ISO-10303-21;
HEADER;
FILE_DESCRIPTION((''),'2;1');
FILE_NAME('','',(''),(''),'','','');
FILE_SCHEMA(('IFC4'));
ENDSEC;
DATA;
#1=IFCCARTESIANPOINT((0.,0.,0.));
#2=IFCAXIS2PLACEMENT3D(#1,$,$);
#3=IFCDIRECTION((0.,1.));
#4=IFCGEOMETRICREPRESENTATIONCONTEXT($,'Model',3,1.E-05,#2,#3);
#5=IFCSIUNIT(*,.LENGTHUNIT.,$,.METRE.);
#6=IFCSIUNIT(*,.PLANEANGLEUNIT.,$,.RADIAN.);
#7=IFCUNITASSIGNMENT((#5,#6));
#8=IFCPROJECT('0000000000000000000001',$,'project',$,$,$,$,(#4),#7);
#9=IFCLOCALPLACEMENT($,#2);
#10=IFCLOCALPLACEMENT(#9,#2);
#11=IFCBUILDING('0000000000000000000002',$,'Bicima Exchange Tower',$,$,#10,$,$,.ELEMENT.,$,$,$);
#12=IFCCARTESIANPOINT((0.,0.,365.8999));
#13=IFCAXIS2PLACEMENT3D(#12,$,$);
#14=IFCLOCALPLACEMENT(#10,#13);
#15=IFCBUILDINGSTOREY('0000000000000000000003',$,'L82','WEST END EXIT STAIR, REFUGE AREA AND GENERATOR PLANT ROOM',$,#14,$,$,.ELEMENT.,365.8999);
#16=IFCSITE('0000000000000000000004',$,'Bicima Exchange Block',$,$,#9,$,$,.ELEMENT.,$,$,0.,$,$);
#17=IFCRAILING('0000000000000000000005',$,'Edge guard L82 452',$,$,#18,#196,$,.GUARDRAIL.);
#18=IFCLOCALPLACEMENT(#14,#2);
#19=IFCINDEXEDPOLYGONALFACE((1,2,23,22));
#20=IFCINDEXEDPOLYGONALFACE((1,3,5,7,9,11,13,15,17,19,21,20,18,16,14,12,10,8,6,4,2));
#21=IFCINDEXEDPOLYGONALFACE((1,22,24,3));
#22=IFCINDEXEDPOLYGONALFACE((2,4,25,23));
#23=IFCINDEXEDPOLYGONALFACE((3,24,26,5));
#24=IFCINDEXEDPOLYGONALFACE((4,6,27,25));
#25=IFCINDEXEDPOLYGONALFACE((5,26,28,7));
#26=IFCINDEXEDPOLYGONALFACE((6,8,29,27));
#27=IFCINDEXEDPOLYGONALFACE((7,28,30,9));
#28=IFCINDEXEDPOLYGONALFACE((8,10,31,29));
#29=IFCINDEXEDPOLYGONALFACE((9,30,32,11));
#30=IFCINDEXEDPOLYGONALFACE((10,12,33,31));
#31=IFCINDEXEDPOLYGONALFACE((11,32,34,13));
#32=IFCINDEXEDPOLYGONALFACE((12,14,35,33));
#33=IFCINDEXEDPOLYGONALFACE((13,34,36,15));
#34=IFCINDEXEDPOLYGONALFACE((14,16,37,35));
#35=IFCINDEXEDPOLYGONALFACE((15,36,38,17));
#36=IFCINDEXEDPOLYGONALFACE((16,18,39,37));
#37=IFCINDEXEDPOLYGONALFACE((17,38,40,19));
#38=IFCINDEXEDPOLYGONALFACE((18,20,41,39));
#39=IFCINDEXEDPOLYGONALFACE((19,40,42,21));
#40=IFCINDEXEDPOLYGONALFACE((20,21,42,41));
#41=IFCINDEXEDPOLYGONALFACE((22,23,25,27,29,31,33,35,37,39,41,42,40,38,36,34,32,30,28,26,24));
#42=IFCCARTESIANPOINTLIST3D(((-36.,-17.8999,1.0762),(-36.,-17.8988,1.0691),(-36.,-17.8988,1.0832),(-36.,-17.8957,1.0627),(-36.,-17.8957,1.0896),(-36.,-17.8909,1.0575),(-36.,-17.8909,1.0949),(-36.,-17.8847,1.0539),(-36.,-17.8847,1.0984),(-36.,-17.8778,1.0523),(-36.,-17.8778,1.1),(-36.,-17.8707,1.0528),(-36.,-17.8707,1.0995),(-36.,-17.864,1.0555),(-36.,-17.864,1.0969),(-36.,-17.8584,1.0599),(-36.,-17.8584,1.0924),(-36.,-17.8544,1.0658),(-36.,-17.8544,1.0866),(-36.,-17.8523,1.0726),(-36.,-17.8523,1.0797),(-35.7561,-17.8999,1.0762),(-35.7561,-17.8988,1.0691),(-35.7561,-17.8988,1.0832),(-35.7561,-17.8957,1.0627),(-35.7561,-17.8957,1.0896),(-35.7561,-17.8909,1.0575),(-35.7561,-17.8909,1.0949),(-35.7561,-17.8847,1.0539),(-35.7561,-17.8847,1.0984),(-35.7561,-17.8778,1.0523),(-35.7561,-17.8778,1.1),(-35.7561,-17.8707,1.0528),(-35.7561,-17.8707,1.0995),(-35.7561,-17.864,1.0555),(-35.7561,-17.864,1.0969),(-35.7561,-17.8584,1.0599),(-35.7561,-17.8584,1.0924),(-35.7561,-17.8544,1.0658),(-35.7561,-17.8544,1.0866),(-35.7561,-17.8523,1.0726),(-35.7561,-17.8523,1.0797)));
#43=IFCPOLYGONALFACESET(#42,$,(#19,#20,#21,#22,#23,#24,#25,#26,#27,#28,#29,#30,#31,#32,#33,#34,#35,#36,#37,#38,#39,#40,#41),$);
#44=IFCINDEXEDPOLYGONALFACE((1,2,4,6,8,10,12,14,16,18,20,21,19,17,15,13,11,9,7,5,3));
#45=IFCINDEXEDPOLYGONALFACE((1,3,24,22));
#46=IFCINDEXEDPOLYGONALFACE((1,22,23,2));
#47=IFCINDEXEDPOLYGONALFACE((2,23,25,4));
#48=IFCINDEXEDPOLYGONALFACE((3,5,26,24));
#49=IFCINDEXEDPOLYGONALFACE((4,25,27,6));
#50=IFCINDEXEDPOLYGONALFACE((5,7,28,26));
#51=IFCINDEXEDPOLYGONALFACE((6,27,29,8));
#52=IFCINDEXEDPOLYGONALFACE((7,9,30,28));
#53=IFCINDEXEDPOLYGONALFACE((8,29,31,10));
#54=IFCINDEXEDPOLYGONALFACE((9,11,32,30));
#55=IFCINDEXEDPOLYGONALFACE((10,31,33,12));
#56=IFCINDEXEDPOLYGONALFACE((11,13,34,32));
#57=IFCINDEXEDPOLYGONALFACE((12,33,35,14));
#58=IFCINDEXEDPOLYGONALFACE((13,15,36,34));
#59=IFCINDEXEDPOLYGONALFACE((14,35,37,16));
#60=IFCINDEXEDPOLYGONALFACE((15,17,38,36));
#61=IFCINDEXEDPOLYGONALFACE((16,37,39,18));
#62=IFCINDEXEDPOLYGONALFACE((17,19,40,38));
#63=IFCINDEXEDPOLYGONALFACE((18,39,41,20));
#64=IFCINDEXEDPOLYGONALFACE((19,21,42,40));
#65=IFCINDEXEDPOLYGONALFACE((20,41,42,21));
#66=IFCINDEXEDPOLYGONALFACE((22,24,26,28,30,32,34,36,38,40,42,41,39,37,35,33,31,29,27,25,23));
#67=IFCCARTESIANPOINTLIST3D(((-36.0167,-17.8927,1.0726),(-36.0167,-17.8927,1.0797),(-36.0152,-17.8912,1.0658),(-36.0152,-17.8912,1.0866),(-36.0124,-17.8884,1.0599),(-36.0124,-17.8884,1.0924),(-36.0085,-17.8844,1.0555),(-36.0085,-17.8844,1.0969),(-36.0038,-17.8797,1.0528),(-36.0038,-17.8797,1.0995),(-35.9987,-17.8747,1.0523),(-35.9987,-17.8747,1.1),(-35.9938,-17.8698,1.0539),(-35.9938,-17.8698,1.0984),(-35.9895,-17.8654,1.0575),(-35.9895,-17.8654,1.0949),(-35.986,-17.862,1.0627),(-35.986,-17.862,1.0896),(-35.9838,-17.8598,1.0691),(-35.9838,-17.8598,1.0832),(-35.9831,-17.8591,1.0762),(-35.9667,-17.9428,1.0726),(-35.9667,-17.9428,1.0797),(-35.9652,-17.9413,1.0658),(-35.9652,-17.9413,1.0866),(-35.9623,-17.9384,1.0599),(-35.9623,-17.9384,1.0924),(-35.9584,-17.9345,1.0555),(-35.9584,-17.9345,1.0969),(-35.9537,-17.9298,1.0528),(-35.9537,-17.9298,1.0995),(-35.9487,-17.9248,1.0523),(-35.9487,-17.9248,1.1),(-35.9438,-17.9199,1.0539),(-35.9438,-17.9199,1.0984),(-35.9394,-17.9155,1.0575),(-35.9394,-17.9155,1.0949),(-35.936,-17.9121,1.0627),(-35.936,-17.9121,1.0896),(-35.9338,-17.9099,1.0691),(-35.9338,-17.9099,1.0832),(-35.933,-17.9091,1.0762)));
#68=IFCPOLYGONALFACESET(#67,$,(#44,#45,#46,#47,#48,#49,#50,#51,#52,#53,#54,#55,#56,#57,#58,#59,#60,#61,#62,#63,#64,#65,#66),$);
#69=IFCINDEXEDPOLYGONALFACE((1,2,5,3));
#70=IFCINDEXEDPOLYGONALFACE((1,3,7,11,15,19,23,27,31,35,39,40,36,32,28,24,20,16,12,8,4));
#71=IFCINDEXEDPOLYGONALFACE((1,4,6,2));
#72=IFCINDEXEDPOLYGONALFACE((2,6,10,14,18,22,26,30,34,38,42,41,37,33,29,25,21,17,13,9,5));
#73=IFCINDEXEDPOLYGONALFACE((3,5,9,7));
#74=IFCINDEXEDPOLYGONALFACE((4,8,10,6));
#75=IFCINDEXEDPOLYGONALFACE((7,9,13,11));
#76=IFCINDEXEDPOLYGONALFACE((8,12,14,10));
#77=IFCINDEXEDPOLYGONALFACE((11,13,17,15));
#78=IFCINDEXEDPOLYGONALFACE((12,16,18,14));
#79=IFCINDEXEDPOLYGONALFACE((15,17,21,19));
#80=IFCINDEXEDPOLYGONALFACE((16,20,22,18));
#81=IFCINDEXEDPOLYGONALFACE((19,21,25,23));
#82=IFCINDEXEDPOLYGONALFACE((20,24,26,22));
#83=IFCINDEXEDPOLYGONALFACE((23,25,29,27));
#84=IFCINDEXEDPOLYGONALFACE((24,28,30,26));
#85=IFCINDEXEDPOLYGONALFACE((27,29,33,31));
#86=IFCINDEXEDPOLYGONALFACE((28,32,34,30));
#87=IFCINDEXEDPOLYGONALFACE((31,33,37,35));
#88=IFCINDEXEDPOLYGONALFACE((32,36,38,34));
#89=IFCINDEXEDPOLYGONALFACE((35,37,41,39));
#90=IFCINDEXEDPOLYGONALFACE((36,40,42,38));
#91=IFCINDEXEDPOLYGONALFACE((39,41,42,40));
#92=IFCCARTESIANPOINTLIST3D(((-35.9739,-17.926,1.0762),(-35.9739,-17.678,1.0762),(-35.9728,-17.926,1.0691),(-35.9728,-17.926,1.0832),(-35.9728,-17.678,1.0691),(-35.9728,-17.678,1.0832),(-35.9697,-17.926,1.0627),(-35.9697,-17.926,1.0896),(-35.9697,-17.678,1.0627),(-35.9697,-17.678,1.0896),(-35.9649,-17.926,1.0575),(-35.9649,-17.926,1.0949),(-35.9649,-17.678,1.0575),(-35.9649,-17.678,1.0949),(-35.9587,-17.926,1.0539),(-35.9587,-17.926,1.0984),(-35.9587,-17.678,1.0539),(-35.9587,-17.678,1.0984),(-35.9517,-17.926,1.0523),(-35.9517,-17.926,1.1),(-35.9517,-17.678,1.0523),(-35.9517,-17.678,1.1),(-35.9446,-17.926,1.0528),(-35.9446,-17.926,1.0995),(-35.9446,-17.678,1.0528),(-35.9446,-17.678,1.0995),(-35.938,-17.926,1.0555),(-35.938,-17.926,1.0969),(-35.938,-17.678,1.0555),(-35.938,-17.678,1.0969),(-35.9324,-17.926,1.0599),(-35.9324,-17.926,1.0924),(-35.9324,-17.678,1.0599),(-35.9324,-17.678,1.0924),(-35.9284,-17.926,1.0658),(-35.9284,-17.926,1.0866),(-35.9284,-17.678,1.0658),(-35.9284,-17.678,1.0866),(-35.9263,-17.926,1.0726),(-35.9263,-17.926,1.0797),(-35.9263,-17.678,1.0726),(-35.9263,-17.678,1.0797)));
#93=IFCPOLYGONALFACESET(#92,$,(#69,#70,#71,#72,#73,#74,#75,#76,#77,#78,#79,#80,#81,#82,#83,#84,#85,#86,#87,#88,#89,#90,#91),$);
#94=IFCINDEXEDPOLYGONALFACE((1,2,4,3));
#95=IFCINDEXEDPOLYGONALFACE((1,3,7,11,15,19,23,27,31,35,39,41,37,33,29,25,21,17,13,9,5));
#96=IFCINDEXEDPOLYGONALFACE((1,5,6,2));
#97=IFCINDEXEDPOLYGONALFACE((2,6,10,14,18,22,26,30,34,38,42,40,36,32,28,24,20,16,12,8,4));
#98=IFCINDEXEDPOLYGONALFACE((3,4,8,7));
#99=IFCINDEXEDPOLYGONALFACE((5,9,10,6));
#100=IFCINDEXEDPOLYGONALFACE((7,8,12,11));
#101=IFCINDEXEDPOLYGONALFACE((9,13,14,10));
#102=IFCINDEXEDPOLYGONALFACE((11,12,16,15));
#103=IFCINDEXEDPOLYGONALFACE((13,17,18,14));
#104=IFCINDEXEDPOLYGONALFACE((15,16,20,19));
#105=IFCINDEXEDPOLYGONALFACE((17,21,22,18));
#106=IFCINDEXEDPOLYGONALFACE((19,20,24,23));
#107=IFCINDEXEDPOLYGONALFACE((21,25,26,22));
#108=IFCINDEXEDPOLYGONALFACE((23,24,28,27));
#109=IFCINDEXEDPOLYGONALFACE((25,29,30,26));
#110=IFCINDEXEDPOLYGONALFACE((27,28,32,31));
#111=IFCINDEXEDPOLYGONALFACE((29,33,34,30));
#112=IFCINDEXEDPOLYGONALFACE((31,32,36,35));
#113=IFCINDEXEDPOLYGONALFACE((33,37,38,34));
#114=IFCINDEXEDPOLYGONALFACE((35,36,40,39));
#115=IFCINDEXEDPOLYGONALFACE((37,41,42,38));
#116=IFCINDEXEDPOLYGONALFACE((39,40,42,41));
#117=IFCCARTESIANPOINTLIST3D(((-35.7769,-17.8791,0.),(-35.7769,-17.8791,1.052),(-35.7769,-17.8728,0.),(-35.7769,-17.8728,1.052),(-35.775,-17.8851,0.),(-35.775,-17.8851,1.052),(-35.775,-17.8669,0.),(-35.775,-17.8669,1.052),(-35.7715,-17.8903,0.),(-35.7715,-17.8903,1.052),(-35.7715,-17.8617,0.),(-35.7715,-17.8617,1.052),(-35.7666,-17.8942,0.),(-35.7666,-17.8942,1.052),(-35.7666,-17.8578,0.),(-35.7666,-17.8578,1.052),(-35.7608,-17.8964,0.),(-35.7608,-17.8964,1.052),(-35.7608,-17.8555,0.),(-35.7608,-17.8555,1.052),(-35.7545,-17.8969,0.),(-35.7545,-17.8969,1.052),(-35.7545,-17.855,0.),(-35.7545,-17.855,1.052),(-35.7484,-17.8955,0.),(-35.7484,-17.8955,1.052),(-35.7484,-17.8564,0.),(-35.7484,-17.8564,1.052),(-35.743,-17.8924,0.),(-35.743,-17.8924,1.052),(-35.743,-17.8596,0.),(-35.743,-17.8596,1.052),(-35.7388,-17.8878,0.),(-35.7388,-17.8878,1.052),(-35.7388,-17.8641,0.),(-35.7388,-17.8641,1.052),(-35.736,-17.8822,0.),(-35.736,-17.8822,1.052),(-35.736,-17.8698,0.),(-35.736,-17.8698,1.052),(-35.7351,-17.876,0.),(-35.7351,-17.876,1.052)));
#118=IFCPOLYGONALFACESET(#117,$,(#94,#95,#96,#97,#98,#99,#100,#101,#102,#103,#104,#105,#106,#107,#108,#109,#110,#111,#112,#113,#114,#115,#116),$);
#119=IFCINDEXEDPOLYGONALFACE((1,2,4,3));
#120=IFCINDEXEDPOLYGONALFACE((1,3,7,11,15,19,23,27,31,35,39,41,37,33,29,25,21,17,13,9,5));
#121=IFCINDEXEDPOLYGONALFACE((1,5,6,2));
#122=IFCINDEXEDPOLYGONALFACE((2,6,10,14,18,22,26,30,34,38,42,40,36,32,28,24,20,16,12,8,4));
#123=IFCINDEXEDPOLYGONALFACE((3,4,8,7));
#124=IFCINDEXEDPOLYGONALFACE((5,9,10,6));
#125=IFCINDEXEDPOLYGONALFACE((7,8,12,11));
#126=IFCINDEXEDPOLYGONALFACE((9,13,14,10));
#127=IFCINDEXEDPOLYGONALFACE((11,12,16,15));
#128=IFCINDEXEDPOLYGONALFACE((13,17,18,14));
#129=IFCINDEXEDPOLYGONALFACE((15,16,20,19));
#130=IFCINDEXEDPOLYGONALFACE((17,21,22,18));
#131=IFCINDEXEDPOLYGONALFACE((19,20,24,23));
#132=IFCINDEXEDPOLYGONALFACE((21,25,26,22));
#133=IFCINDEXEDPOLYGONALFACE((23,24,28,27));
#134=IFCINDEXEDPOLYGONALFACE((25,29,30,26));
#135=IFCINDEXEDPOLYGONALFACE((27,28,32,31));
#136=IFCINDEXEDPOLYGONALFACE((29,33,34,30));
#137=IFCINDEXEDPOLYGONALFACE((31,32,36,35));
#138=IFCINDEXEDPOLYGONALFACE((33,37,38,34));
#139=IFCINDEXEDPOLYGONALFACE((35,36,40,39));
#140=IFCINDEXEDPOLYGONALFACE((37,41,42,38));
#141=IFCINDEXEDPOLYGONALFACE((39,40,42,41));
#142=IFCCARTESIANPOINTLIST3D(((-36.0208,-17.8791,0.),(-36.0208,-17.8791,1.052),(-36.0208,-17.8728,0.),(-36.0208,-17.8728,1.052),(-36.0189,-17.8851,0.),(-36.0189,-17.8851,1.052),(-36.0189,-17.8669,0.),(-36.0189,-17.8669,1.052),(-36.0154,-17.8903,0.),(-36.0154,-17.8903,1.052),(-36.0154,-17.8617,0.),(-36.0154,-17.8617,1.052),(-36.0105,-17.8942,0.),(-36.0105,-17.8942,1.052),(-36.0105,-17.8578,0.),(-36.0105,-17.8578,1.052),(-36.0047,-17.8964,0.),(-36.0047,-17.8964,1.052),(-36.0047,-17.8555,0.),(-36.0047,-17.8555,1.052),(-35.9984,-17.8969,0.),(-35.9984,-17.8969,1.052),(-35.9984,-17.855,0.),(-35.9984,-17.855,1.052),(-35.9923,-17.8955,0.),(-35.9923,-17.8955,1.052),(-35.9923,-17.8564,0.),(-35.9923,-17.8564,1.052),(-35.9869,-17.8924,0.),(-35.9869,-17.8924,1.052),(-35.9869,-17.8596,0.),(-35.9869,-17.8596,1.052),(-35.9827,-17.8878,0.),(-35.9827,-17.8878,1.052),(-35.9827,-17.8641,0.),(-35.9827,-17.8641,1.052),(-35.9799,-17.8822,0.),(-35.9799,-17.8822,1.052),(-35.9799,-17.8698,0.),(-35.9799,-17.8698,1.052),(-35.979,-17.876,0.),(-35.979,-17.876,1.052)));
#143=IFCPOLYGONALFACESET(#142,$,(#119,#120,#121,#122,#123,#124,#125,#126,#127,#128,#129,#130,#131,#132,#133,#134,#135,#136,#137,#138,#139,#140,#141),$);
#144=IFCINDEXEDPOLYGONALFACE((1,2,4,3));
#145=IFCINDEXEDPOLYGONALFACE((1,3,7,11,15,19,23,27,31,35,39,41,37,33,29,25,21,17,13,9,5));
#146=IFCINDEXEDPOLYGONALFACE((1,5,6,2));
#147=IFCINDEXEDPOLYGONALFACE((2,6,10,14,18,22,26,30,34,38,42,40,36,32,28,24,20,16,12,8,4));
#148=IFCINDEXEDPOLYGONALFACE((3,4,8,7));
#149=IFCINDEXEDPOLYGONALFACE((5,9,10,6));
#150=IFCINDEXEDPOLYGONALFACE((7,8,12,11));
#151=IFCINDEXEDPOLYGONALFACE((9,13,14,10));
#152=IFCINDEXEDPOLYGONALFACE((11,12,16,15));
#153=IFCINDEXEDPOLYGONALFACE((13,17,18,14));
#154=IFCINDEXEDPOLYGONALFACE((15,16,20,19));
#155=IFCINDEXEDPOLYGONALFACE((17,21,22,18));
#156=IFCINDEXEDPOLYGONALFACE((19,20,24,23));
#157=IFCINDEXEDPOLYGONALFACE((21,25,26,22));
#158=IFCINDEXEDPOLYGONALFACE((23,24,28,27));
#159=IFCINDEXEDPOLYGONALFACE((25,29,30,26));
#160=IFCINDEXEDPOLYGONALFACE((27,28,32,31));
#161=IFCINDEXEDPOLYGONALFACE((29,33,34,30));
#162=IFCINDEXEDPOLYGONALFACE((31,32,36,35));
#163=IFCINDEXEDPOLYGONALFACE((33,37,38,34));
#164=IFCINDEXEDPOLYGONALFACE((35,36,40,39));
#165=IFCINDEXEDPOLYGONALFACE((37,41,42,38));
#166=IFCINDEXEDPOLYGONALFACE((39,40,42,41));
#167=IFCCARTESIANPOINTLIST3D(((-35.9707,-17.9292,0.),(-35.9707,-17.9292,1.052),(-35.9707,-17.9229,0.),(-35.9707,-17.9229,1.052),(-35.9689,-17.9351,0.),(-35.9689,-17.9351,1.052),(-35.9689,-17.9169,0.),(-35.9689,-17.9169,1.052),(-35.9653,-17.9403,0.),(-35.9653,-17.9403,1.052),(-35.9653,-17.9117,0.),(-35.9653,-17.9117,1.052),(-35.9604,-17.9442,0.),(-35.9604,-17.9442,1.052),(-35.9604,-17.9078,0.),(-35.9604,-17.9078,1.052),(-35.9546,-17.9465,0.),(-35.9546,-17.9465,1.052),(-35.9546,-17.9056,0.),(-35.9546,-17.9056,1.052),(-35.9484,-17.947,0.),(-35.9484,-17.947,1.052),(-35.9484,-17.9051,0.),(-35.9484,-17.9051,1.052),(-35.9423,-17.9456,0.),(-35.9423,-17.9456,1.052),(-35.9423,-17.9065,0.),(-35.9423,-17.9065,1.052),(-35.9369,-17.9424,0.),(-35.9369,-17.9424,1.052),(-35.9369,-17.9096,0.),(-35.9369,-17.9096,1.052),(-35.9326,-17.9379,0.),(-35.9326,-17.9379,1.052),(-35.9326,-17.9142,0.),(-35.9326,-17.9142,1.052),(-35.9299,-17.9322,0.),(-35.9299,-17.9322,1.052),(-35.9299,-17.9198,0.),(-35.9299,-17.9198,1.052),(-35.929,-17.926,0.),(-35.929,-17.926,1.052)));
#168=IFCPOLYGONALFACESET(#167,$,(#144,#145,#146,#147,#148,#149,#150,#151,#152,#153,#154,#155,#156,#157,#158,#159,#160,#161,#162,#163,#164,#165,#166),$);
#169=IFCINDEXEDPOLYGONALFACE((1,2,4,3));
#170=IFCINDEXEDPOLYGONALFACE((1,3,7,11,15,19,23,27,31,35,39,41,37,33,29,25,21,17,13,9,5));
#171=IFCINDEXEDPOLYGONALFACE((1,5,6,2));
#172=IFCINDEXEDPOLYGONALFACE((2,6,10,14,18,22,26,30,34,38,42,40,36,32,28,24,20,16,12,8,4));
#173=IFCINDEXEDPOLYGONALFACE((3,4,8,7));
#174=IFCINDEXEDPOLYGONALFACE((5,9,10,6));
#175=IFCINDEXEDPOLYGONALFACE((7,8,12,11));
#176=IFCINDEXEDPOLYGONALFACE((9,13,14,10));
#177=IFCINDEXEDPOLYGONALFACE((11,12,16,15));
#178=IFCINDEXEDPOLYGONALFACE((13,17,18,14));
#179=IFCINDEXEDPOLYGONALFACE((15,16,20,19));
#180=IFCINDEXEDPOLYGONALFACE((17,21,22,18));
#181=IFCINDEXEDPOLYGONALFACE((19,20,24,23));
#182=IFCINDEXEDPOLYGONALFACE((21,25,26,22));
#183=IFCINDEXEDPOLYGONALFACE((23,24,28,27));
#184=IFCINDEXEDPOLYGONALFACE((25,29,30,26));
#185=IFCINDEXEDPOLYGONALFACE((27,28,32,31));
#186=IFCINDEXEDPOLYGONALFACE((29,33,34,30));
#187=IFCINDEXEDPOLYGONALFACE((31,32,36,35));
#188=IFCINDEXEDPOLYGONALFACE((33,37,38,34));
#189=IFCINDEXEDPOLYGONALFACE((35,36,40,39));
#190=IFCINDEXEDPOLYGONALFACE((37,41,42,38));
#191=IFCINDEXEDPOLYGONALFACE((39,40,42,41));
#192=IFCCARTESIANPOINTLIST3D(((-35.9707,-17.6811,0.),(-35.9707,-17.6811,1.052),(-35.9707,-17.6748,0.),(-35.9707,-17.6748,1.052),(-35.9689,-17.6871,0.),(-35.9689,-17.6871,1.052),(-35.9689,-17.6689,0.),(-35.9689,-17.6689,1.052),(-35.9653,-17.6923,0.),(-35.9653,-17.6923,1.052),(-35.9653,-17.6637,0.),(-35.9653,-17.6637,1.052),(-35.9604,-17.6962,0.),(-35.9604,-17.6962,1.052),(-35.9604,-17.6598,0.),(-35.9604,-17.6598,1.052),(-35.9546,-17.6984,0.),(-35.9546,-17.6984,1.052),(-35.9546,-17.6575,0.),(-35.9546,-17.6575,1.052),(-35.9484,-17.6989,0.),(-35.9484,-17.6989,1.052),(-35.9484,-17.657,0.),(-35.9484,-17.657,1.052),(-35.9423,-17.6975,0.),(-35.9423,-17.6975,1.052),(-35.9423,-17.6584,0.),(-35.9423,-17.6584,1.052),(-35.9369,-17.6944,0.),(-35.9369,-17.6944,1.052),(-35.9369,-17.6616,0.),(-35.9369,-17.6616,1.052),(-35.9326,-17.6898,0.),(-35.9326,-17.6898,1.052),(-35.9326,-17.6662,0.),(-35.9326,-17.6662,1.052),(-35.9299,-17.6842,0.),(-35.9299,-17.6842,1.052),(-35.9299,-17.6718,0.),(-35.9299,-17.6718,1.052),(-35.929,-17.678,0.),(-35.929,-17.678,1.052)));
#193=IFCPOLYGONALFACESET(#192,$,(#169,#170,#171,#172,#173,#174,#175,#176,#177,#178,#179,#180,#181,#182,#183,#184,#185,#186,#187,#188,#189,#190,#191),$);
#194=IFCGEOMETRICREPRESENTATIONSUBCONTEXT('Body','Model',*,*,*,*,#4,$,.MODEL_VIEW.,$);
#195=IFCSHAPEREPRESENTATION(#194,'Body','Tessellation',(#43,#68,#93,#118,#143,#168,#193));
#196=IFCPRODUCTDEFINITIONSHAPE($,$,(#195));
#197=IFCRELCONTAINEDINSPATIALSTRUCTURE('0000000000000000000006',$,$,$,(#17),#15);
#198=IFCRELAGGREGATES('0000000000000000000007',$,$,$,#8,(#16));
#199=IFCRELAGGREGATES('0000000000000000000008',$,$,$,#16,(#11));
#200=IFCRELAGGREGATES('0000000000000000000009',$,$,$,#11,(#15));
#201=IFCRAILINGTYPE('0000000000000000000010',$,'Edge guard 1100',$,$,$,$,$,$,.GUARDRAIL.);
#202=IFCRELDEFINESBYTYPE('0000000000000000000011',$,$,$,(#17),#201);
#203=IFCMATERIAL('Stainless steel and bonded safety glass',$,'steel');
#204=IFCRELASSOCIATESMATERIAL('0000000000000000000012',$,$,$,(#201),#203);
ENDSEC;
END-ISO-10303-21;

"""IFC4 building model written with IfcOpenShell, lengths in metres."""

from ifc_helpers import new_model, si_unit, direction, frame, origin, origin_2d, place, context, subcontext, project, spatial, circle, extrude, material, type_object, element, save


model = new_model("IFC4")

# Units and contexts
model_context = context("Model", 3, precision=1e-05, world=origin(), true_north=direction((0.0, 1.0)))
body_context = subcontext(model_context, "Body", "Model", "MODEL_VIEW")
ifc_project = project(units=[si_unit("LENGTHUNIT", "METRE"), si_unit("PLANEANGLEUNIT", "RADIAN")], contexts=[model_context])

# Site, building, storey
site_placement = place(None, origin())
site = spatial("IfcSite", under=ifc_project, at=site_placement, Name="Bicima Exchange Block", CompositionType="ELEMENT", RefElevation=0.0)
building_placement = place(site_placement, origin())
building = spatial("IfcBuilding", under=site, at=building_placement, Name="Bicima Exchange Tower", CompositionType="ELEMENT")
storey_placement = place(building_placement, frame((0.0, 0.0, 365.8999)))
storey = spatial("IfcBuildingStorey", under=building, at=storey_placement, Name="L82", Description="WEST END EXIT STAIR, REFUGE AREA AND GENERATOR PLANT ROOM", CompositionType="ELEMENT", Elevation=365.8999)

# Railing
ifc_material_1 = material(Name="Stainless steel and bonded safety glass", Category="steel")
railing_type = type_object("IfcRailingType", Name="Edge guard 1100", PredefinedType="GUARDRAIL", material=ifc_material_1)
railing_1_placement = place(storey_placement, frame((-35.7561, -17.876, 0.0)))
element("IfcRailing", 1, at=railing_1_placement, inside=storey, type_object=railing_type, Name="Edge guard L82 452", PredefinedType="GUARDRAIL", context=body_context, shape_type="SweptSolid", body=[
    extrude(circle(Radius=0.0239, at=origin_2d()), frame((0.0, 0.0, 1.0762), z_axis=(-1.0, 0.0, 0.0), x_axis=(0.0, -1.0, 0.0)), (0.0, 0.0, 1.0), 0.2439),
    extrude(circle(Radius=0.0239, at=origin_2d()), frame((-0.2439, 0.0, 1.0762), z_axis=(0.707107, -0.707107, 0.0), x_axis=(0.707107, 0.707107, 0.0)), (0.0, 0.0, 1.0), 0.0708),
    extrude(circle(Radius=0.0239, at=origin_2d()), frame((-0.1938, -0.05, 1.0762), z_axis=(0.0, 1.0, 0.0), x_axis=(-1.0, 0.0, 0.0)), (0.0, 0.0, 1.0), 0.248),
    extrude(circle(Radius=0.021, at=origin_2d()), origin(), (0.0, 0.0, 1.0), 1.052),
    extrude(circle(Radius=0.021, at=origin_2d()), frame((-0.2439, 0.0, 0.0)), (0.0, 0.0, 1.0), 1.052),
    extrude(circle(Radius=0.021, at=origin_2d()), frame((-0.1938, -0.05, 0.0)), (0.0, 0.0, 1.0), 1.052),
    extrude(circle(Radius=0.021, at=origin_2d()), frame((-0.1938, 0.198, 0.0)), (0.0, 0.0, 1.0), 1.052),
])

save(model, "model.ifc")
